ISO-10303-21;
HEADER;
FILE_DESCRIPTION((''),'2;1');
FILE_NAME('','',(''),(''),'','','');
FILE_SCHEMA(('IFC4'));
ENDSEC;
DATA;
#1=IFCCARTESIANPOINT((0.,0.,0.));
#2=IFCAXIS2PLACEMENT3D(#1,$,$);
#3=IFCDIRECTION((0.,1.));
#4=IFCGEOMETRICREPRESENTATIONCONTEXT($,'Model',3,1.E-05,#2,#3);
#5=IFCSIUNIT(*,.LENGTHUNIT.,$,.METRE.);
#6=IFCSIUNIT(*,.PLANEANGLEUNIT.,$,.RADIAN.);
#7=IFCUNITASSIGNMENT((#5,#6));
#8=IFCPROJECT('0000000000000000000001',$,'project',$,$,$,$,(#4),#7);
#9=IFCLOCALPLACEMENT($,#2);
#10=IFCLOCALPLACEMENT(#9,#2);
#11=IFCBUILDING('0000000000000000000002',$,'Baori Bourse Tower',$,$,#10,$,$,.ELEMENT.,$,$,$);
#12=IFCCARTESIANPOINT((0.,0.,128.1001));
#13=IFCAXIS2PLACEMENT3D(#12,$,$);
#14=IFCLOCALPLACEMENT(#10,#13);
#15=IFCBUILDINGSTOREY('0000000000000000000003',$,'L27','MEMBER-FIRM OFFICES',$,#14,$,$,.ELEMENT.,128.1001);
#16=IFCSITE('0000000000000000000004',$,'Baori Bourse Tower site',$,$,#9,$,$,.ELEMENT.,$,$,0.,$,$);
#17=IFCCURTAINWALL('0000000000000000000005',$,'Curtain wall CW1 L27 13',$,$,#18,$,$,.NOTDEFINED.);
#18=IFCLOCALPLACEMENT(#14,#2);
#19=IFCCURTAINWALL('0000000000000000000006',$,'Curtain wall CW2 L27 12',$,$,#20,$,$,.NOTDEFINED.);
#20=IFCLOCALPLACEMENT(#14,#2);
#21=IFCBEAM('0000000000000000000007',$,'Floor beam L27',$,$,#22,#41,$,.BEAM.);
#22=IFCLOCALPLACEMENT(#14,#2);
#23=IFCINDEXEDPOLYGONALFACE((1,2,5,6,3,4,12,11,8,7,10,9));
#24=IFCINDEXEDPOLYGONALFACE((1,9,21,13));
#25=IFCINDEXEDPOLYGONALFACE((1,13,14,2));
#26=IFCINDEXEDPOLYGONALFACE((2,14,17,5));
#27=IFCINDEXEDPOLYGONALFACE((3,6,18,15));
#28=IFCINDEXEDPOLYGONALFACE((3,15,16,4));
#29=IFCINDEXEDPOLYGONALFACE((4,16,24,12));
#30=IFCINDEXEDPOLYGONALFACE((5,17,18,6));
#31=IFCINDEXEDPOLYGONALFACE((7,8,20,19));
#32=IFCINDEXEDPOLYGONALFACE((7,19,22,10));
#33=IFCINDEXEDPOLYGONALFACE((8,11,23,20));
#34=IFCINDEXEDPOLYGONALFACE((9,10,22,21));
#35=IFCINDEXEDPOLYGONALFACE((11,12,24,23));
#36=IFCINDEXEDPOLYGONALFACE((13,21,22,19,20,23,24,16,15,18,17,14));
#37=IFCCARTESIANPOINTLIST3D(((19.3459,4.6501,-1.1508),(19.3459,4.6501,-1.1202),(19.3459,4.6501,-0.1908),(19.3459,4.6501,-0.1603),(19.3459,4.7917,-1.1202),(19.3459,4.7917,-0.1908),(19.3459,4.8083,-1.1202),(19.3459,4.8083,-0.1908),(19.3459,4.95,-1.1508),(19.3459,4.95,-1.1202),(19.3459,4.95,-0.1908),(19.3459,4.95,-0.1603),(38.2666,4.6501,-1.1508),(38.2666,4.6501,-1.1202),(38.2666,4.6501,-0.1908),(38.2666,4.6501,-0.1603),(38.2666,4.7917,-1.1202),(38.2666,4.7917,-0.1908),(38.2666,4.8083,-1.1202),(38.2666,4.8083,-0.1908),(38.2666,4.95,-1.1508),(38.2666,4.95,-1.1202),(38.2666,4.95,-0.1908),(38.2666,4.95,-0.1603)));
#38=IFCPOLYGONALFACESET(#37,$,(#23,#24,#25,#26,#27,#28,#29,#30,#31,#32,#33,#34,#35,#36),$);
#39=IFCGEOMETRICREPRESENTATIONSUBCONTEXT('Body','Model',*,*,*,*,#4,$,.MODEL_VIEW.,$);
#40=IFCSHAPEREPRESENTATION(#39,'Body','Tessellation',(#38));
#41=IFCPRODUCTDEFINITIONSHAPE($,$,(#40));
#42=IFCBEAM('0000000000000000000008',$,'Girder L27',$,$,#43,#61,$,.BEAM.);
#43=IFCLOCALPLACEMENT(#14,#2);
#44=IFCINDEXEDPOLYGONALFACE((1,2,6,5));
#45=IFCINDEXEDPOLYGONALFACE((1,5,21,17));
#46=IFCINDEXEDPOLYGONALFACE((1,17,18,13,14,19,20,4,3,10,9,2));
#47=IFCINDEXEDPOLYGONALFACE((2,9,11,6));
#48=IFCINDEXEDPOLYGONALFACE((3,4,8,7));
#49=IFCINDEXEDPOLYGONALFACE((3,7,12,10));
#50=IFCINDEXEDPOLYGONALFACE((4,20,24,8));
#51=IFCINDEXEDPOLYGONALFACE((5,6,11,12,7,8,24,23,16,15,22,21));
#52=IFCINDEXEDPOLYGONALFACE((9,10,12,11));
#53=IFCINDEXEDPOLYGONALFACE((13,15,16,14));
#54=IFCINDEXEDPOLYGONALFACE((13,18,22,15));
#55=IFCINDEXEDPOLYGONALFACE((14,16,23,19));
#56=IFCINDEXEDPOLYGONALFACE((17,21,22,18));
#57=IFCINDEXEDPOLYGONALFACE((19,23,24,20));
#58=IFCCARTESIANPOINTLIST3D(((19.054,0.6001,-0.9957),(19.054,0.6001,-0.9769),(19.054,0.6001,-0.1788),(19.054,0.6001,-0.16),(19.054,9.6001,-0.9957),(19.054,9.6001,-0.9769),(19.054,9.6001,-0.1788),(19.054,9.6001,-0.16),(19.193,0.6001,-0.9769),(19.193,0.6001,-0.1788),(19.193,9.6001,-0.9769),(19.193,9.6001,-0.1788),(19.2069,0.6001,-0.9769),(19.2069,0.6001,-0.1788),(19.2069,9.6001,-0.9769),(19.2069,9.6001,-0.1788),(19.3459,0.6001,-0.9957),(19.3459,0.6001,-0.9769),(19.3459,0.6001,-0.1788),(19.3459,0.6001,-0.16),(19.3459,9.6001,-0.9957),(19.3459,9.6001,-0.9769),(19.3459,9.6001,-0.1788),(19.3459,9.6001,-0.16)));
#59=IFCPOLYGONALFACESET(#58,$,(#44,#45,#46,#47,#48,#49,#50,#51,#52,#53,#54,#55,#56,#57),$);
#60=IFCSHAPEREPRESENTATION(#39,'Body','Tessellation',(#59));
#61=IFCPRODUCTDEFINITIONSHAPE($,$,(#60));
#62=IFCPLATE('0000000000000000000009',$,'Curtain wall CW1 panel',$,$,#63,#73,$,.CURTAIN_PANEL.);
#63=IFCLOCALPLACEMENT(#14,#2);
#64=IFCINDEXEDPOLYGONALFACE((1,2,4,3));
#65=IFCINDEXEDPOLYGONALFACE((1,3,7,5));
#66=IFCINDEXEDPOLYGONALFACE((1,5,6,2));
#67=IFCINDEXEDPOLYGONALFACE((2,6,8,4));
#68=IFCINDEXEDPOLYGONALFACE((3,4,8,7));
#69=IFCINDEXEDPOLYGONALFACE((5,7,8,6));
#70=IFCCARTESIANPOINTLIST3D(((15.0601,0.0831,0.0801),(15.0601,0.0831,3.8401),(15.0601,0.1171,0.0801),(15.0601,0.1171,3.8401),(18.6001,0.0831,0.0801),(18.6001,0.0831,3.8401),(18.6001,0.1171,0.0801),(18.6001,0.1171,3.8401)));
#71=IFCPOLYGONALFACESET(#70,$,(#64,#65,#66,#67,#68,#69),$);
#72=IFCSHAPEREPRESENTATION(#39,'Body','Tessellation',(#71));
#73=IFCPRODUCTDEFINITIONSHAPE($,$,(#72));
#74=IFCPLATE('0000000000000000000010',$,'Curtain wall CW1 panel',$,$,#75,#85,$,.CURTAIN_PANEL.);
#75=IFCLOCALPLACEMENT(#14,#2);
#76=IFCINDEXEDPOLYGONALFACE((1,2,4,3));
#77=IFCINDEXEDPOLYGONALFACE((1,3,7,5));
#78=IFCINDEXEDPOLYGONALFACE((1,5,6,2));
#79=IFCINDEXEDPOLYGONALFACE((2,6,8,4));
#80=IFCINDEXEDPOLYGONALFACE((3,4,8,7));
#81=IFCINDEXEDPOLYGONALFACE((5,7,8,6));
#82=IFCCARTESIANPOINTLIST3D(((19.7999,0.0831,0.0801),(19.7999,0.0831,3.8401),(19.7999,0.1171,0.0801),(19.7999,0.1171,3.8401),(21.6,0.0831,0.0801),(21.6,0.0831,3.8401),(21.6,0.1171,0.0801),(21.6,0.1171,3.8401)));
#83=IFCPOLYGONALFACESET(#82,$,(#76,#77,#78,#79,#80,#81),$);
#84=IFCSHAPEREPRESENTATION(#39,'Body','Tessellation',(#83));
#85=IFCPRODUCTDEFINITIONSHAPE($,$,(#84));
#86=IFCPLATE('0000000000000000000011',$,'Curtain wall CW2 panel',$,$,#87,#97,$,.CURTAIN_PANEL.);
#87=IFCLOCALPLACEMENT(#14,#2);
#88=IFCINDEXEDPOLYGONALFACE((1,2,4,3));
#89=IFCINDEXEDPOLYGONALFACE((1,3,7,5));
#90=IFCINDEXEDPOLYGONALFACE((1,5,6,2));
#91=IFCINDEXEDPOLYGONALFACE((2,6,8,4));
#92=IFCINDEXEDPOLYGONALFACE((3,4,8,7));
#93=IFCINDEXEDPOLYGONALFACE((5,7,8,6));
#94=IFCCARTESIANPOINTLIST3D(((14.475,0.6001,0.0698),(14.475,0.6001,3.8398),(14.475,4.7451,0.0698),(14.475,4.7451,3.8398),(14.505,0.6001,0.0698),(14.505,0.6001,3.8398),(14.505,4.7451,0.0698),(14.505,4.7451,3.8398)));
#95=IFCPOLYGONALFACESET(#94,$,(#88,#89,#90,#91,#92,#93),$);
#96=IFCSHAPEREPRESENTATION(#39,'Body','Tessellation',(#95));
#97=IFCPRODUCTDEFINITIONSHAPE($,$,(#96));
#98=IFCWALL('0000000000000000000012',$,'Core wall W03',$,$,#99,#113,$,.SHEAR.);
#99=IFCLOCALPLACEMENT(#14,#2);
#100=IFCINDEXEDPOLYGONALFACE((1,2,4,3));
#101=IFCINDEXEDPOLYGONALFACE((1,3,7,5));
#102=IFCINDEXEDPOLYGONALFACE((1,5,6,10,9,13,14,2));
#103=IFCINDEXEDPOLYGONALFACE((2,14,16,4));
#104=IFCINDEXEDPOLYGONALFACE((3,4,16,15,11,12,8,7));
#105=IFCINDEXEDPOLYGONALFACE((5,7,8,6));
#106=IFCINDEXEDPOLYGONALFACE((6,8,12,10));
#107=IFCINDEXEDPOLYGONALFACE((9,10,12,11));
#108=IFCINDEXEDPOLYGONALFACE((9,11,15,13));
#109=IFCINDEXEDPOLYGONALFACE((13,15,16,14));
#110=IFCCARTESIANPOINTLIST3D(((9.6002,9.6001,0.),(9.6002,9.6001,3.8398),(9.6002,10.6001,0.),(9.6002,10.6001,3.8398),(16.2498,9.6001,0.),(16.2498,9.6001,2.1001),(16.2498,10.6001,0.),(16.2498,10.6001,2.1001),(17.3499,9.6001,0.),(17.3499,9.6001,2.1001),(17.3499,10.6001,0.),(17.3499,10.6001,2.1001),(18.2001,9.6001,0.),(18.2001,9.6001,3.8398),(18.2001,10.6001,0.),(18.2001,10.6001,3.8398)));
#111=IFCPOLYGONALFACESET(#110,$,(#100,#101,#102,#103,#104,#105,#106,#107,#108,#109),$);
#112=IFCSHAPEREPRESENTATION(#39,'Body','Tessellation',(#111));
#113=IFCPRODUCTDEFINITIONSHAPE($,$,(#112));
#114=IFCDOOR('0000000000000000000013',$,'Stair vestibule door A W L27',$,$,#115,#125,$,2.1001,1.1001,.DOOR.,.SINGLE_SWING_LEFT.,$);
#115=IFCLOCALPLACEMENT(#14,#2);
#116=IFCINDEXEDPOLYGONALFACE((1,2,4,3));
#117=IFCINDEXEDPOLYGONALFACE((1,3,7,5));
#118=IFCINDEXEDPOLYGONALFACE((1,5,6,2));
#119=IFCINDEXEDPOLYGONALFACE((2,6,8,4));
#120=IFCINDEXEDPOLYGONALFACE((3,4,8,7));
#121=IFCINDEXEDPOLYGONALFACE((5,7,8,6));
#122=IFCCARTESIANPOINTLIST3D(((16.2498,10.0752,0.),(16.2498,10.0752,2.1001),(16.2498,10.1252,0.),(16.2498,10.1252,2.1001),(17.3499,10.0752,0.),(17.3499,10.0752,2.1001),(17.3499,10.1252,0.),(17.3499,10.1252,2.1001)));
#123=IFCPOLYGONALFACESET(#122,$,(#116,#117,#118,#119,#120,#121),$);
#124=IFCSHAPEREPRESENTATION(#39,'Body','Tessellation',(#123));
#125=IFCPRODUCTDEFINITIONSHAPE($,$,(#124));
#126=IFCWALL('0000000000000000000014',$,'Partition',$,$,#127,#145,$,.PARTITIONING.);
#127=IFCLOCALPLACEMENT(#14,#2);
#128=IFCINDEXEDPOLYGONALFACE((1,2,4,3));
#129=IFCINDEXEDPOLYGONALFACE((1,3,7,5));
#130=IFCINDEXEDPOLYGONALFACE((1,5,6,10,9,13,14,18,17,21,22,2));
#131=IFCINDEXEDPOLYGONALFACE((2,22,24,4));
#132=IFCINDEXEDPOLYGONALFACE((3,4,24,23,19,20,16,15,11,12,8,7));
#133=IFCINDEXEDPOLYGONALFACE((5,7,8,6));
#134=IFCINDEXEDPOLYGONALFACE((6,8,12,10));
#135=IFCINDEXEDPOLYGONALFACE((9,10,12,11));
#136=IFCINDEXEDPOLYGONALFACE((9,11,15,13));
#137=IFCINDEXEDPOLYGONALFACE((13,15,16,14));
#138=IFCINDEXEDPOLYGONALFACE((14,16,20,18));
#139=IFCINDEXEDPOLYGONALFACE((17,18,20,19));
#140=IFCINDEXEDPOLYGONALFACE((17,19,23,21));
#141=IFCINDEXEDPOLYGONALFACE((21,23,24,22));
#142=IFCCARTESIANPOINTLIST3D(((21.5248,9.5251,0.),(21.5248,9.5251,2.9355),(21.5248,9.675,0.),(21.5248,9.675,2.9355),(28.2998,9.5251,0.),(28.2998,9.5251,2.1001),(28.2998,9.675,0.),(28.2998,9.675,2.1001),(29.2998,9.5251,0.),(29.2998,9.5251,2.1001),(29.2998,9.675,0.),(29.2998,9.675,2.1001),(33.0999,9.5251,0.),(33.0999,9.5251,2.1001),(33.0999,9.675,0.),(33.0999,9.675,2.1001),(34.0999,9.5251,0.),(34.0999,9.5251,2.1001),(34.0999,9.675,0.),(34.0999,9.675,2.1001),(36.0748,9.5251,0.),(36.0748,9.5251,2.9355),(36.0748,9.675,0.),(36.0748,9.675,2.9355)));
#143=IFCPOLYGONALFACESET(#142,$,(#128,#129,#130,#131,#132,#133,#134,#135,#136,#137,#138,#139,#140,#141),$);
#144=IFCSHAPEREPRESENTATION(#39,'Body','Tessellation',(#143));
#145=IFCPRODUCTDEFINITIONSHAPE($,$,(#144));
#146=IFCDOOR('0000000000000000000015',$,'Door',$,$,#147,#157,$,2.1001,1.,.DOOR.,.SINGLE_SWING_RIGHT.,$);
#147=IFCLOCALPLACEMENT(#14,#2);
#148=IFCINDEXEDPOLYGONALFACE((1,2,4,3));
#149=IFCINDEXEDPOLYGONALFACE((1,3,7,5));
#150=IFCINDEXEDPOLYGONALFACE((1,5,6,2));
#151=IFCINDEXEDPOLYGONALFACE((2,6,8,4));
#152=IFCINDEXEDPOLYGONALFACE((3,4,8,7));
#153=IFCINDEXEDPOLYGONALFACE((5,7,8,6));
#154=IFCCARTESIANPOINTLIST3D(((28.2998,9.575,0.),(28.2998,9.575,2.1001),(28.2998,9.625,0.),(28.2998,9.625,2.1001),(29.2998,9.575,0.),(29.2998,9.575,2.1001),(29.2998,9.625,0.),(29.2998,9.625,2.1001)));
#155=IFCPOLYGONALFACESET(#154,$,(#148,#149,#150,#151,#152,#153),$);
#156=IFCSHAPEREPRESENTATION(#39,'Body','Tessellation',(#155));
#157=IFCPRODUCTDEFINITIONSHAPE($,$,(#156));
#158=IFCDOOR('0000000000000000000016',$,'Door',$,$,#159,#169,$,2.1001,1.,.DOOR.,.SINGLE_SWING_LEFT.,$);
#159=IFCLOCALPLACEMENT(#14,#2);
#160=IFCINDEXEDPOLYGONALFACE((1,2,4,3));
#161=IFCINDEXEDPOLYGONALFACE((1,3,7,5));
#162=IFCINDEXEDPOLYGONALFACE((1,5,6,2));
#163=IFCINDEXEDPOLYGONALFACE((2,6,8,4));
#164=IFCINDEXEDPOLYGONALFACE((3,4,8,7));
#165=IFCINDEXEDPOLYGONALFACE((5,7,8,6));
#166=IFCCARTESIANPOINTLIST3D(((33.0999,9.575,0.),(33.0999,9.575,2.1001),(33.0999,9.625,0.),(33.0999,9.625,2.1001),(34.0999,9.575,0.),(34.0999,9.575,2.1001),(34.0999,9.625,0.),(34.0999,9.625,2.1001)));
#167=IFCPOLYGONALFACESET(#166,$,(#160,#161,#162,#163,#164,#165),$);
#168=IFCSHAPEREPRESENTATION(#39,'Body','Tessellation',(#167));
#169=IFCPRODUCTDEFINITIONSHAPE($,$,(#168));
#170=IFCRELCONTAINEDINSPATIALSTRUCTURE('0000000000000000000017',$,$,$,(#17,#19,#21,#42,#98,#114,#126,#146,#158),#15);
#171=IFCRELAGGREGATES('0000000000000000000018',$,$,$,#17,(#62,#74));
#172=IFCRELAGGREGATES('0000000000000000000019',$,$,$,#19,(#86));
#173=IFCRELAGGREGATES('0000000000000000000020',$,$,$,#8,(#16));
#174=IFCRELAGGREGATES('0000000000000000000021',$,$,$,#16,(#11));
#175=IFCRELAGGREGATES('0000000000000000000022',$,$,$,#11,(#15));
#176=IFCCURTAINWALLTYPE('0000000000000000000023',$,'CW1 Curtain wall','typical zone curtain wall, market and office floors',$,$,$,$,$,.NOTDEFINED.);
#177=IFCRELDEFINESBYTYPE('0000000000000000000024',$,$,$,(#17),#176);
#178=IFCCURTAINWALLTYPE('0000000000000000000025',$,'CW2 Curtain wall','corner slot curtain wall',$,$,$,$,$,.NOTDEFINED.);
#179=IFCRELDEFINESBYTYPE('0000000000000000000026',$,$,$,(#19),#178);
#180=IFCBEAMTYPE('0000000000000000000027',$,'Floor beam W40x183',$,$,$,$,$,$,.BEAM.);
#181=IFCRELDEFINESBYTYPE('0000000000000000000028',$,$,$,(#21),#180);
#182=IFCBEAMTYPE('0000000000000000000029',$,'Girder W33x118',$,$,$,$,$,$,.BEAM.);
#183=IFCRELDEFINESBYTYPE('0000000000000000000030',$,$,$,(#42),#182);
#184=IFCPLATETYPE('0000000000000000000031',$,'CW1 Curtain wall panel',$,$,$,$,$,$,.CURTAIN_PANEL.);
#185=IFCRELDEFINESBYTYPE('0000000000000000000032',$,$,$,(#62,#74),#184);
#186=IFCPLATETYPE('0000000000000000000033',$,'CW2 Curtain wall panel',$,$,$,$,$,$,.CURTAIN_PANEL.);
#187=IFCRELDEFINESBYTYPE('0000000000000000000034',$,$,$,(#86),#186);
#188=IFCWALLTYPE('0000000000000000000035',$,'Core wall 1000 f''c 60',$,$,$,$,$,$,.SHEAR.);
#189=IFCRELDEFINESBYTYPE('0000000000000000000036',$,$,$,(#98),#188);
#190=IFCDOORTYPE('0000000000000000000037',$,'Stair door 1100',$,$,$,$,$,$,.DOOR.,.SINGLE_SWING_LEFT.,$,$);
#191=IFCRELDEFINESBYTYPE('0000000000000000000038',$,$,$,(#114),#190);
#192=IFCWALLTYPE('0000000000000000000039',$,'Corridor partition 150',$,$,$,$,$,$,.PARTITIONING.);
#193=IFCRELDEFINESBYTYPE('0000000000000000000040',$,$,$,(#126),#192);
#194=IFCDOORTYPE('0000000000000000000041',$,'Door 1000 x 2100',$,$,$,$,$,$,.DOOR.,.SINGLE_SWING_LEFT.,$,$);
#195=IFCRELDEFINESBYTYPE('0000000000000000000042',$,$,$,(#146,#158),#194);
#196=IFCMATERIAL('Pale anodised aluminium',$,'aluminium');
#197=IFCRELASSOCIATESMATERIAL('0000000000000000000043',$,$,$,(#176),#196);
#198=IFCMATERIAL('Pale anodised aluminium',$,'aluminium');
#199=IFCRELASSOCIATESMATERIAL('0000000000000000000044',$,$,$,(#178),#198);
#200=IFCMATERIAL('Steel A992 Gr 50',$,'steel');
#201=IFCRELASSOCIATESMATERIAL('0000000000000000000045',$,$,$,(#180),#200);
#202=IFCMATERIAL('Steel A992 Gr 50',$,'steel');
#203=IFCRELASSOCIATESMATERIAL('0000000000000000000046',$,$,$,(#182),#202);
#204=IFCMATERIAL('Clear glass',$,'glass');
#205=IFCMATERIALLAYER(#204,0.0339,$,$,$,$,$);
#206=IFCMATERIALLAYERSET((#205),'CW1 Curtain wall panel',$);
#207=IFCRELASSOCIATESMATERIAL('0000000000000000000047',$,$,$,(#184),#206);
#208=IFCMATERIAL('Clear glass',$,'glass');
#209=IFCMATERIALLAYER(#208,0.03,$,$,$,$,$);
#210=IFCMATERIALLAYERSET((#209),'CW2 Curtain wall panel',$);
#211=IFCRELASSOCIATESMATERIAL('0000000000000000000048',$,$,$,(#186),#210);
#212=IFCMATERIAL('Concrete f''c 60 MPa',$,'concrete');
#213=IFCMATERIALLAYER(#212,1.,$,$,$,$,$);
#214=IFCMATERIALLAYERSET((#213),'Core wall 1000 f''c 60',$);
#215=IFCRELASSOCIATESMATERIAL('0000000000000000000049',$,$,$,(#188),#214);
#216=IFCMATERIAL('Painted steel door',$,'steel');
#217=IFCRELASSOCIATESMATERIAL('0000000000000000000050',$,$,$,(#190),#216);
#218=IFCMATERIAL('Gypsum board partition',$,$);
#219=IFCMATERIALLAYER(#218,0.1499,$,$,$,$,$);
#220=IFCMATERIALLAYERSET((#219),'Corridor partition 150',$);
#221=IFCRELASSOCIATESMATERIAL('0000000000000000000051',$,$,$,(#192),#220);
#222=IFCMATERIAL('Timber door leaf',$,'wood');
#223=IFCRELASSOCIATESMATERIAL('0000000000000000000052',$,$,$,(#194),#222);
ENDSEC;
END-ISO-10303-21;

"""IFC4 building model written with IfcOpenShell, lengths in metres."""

from ifc_helpers import new_model, si_unit, direction, frame, frame_2d, origin, origin_2d, place, context, subcontext, project, spatial, rectangle, i_section, extrude, material, layer, layer_set, material_profile, profile_set, type_object, element, fill, aggregate, save


model = new_model("IFC4")

# Units and contexts
model_context = context("Model", 3, precision=1e-05, world=origin(), true_north=direction((0.0, 1.0)))
body_context = subcontext(model_context, "Body", "Model", "MODEL_VIEW")
ifc_project = project(units=[si_unit("LENGTHUNIT", "METRE"), si_unit("PLANEANGLEUNIT", "RADIAN")], contexts=[model_context])

# Site, building, storey
site_placement = place(None, origin())
site = spatial("IfcSite", under=ifc_project, at=site_placement, Name="Baori Bourse Tower site", CompositionType="ELEMENT", RefElevation=0.0)
building_placement = place(site_placement, origin())
building = spatial("IfcBuilding", under=site, at=building_placement, Name="Baori Bourse Tower", CompositionType="ELEMENT")
storey_placement = place(building_placement, frame((0.0, 0.0, 128.1001)))
storey = spatial("IfcBuildingStorey", under=building, at=storey_placement, Name="L27", Description="MEMBER-FIRM OFFICES", CompositionType="ELEMENT", Elevation=128.1001)

# Curtain walls
ifc_material_1 = material(Name="Pale anodised aluminium", Category="aluminium")
curtain_wall_type_1 = type_object("IfcCurtainWallType", Name="CW1 Curtain wall", Description="typical zone curtain wall, market and office floors", PredefinedType="NOTDEFINED", material=ifc_material_1)
curtain_wall_1_placement = place(storey_placement, origin())
curtain_wall_1 = element("IfcCurtainWall", 1, at=curtain_wall_1_placement, inside=storey, type_object=curtain_wall_type_1, Name="Curtain wall CW1 L27 13", PredefinedType="NOTDEFINED")
ifc_material_2 = material(Name="Pale anodised aluminium", Category="aluminium")
curtain_wall_type_2 = type_object("IfcCurtainWallType", Name="CW2 Curtain wall", Description="corner slot curtain wall", PredefinedType="NOTDEFINED", material=ifc_material_2)
curtain_wall_2_placement = place(storey_placement, origin())
curtain_wall_2 = element("IfcCurtainWall", 2, at=curtain_wall_2_placement, inside=storey, type_object=curtain_wall_type_2, Name="Curtain wall CW2 L27 12", PredefinedType="NOTDEFINED")

# Beams
ifc_material_3 = material(Name="Steel A992 Gr 50", Category="steel")
ifc_material_profile_1 = material_profile(ifc_material_3, i_section(OverallWidth=0.2998, OverallDepth=0.9905, WebThickness=0.0166, FlangeThickness=0.0305, at=origin_2d()), Name="W40x183")
ifc_profile_set_1 = profile_set([ifc_material_profile_1], Name="Steel A992 Gr 50")
beam_type_1 = type_object("IfcBeamType", Name="Floor beam W40x183", PredefinedType="BEAM", material=ifc_profile_set_1)
beam_1_placement = place(storey_placement, frame((19.3459, 4.8, -0.6555), z_axis=(1.0, 0.0, 0.0), x_axis=(0.0, 1.0, 0.0)))
element("IfcBeam", 3, at=beam_1_placement, inside=storey, type_object=beam_type_1, Name="Floor beam L27", PredefinedType="BEAM", context=body_context, shape_type="SweptSolid", body=[
    extrude(i_section(OverallWidth=0.2998, OverallDepth=0.9905, WebThickness=0.0166, FlangeThickness=0.0305, at=origin_2d()), origin(), (0.0, 0.0, 1.0), 18.9207),
])
ifc_material_4 = material(Name="Steel A992 Gr 50", Category="steel")
ifc_material_profile_2 = material_profile(ifc_material_4, i_section(OverallWidth=0.292, OverallDepth=0.8357, WebThickness=0.0139, FlangeThickness=0.0188, at=origin_2d()), Name="W33x118")
ifc_profile_set_2 = profile_set([ifc_material_profile_2], Name="Steel A992 Gr 50")
beam_type_2 = type_object("IfcBeamType", Name="Girder W33x118", PredefinedType="BEAM", material=ifc_profile_set_2)
beam_2_placement = place(storey_placement, frame((19.2, 0.6001, -0.5779), z_axis=(0.0, 1.0, 0.0), x_axis=(-1.0, 0.0, 0.0)))
element("IfcBeam", 4, at=beam_2_placement, inside=storey, type_object=beam_type_2, Name="Girder L27", PredefinedType="BEAM", context=body_context, shape_type="SweptSolid", body=[
    extrude(i_section(OverallWidth=0.292, OverallDepth=0.8357, WebThickness=0.0139, FlangeThickness=0.0188, at=origin_2d()), origin(), (0.0, 0.0, 1.0), 9.0),
])

# Plates
ifc_material_5 = material(Name="Clear glass", Category="glass")
ifc_layer_1 = layer(ifc_material_5, 0.0339)
ifc_layer_set_1 = layer_set([ifc_layer_1], Name="CW1 Curtain wall panel")
plate_type_1 = type_object("IfcPlateType", Name="CW1 Curtain wall panel", PredefinedType="CURTAIN_PANEL", material=ifc_layer_set_1)
plate_1_placement = place(storey_placement, frame((16.8301, 0.1001, 0.0801), z_axis=(0.0, 0.0, 1.0), x_axis=(1.0, 0.0, 0.0)))
plate_1 = element("IfcPlate", 5, at=plate_1_placement, type_object=plate_type_1, Name="Curtain wall CW1 panel", PredefinedType="CURTAIN_PANEL", context=body_context, shape_type="SweptSolid", body=[
    extrude(rectangle(XDim=3.54, YDim=0.0339, at=origin_2d()), origin(), (0.0, 0.0, 1.0), 3.76),
])
plate_2_placement = place(storey_placement, frame((20.7, 0.1001, 0.0801), z_axis=(0.0, 0.0, 1.0), x_axis=(1.0, 0.0, 0.0)))
plate_2 = element("IfcPlate", 6, at=plate_2_placement, type_object=plate_type_1, Name="Curtain wall CW1 panel", PredefinedType="CURTAIN_PANEL", context=body_context, shape_type="SweptSolid", body=[
    extrude(rectangle(XDim=1.8, YDim=0.0339, at=origin_2d()), origin(), (0.0, 0.0, 1.0), 3.76),
])
aggregate(curtain_wall_1, [plate_1, plate_2])
ifc_material_6 = material(Name="Clear glass", Category="glass")
ifc_layer_2 = layer(ifc_material_6, 0.03)
ifc_layer_set_2 = layer_set([ifc_layer_2], Name="CW2 Curtain wall panel")
plate_type_2 = type_object("IfcPlateType", Name="CW2 Curtain wall panel", PredefinedType="CURTAIN_PANEL", material=ifc_layer_set_2)
plate_3_placement = place(storey_placement, frame((14.49, 2.6726, 0.0698), z_axis=(0.0, 0.0, 1.0), x_axis=(0.0, -1.0, 0.0)))
plate_3 = element("IfcPlate", 7, at=plate_3_placement, type_object=plate_type_2, Name="Curtain wall CW2 panel", PredefinedType="CURTAIN_PANEL", context=body_context, shape_type="SweptSolid", body=[
    extrude(rectangle(XDim=4.145, YDim=0.03, at=origin_2d()), origin(), (0.0, 0.0, 1.0), 3.77),
])
aggregate(curtain_wall_2, [plate_3])

# Wall, opening, door
ifc_material_7 = material(Name="Concrete f'c 60 MPa", Category="concrete")
ifc_layer_3 = layer(ifc_material_7, 1.0)
ifc_layer_set_3 = layer_set([ifc_layer_3], Name="Core wall 1000 f'c 60")
wall_type_1 = type_object("IfcWallType", Name="Core wall 1000 f'c 60", PredefinedType="SHEAR", material=ifc_layer_set_3)
wall_1_placement = place(storey_placement, frame((18.2, 10.1001, 0.0), z_axis=(0.0, 0.0, 1.0), x_axis=(-1.0, 0.0, 0.0)))
wall_1 = element("IfcWall", 8, at=wall_1_placement, inside=storey, type_object=wall_type_1, Name="Core wall W03", PredefinedType="SHEAR", context=body_context, shape_type="SweptSolid", body=[
    extrude(rectangle(XDim=8.5999, YDim=1.0, at=frame_2d((4.2998, 0.0))), origin(), (0.0, 0.0, 1.0), 3.8398),
])
opening_1_placement = place(wall_1_placement, frame((0.8501, 0.0, 0.0)))
opening_1 = element("IfcOpeningElement", 9, at=opening_1_placement, cuts=wall_1, PredefinedType="OPENING", context=body_context, shape_type="SweptSolid", body=[
    extrude(rectangle(XDim=1.1001, YDim=2.1001, at=frame_2d((0.55, 1.05))), frame((0.0, 0.51, 0.0), z_axis=(0.0, -1.0, 0.0), x_axis=(1.0, 0.0, 0.0)), (0.0, 0.0, 1.0), 1.02),
])
ifc_material_8 = material(Name="Painted steel door", Category="steel")
door_type_1 = type_object("IfcDoorType", Name="Stair door 1100", OperationType="SINGLE_SWING_LEFT", PredefinedType="DOOR", material=ifc_material_8)
door_1_placement = place(opening_1_placement, origin())
door_1 = element("IfcDoor", 10, at=door_1_placement, inside=storey, type_object=door_type_1, Name="Stair vestibule door A W L27", OperationType="SINGLE_SWING_LEFT", OverallHeight=2.1001, OverallWidth=1.1001, PredefinedType="DOOR", context=body_context, shape_type="SweptSolid", body=[
    extrude(rectangle(XDim=1.1001, YDim=2.1001, at=frame_2d((0.55, 1.05))), frame((0.0, 0.0249, 0.0), z_axis=(0.0, -1.0, 0.0), x_axis=(1.0, 0.0, 0.0)), (0.0, 0.0, 1.0), 0.05),
])
fill(opening_1, door_1)

# Wall, openings, doors
ifc_material_9 = material(Name="Gypsum board partition")
ifc_layer_4 = layer(ifc_material_9, 0.1499)
ifc_layer_set_4 = layer_set([ifc_layer_4], Name="Corridor partition 150")
wall_type_2 = type_object("IfcWallType", Name="Corridor partition 150", PredefinedType="PARTITIONING", material=ifc_layer_set_4)
wall_2_placement = place(storey_placement, frame((21.5249, 9.6001, 0.0), z_axis=(0.0, 0.0, 1.0), x_axis=(1.0, 0.0, 0.0)))
wall_2 = element("IfcWall", 11, at=wall_2_placement, inside=storey, type_object=wall_type_2, Name="Partition", PredefinedType="PARTITIONING", context=body_context, shape_type="SweptSolid", body=[
    extrude(rectangle(XDim=14.55, YDim=0.1499, at=frame_2d((7.2749, 0.0))), origin(), (0.0, 0.0, 1.0), 2.9355),
])
opening_2_placement = place(wall_2_placement, frame((6.7749, 0.0, 0.0)))
opening_2 = element("IfcOpeningElement", 12, at=opening_2_placement, cuts=wall_2, PredefinedType="OPENING", context=body_context, shape_type="SweptSolid", body=[
    extrude(rectangle(XDim=1.0, YDim=2.1001, at=frame_2d((0.5, 1.05))), frame((0.0, 0.085, 0.0), z_axis=(0.0, -1.0, 0.0), x_axis=(1.0, 0.0, 0.0)), (0.0, 0.0, 1.0), 0.1699),
])
opening_3_placement = place(wall_2_placement, frame((11.575, 0.0, 0.0)))
opening_3 = element("IfcOpeningElement", 13, at=opening_3_placement, cuts=wall_2, PredefinedType="OPENING", context=body_context, shape_type="SweptSolid", body=[
    extrude(rectangle(XDim=1.0, YDim=2.1001, at=frame_2d((0.5, 1.05))), frame((0.0, 0.085, 0.0), z_axis=(0.0, -1.0, 0.0), x_axis=(1.0, 0.0, 0.0)), (0.0, 0.0, 1.0), 0.1699),
])
ifc_material_10 = material(Name="Timber door leaf", Category="wood")
door_type_2 = type_object("IfcDoorType", Name="Door 1000 x 2100", OperationType="SINGLE_SWING_LEFT", PredefinedType="DOOR", material=ifc_material_10)
door_2_placement = place(opening_2_placement, origin())
door_2 = element("IfcDoor", 14, at=door_2_placement, inside=storey, type_object=door_type_2, Name="Door", OperationType="SINGLE_SWING_RIGHT", OverallHeight=2.1001, OverallWidth=1.0, PredefinedType="DOOR", context=body_context, shape_type="SweptSolid", body=[
    extrude(rectangle(XDim=1.0, YDim=2.1001, at=frame_2d((0.5, 1.05))), frame((0.0, 0.0249, 0.0), z_axis=(0.0, -1.0, 0.0), x_axis=(1.0, 0.0, 0.0)), (0.0, 0.0, 1.0), 0.05),
])
fill(opening_2, door_2)
door_3_placement = place(opening_3_placement, origin())
door_3 = element("IfcDoor", 15, at=door_3_placement, inside=storey, type_object=door_type_2, Name="Door", OperationType="SINGLE_SWING_LEFT", OverallHeight=2.1001, OverallWidth=1.0, PredefinedType="DOOR", context=body_context, shape_type="SweptSolid", body=[
    extrude(rectangle(XDim=1.0, YDim=2.1001, at=frame_2d((0.5, 1.05))), frame((0.0, 0.0249, 0.0), z_axis=(0.0, -1.0, 0.0), x_axis=(1.0, 0.0, 0.0)), (0.0, 0.0, 1.0), 0.05),
])
fill(opening_3, door_3)

save(model, "model.ifc")
